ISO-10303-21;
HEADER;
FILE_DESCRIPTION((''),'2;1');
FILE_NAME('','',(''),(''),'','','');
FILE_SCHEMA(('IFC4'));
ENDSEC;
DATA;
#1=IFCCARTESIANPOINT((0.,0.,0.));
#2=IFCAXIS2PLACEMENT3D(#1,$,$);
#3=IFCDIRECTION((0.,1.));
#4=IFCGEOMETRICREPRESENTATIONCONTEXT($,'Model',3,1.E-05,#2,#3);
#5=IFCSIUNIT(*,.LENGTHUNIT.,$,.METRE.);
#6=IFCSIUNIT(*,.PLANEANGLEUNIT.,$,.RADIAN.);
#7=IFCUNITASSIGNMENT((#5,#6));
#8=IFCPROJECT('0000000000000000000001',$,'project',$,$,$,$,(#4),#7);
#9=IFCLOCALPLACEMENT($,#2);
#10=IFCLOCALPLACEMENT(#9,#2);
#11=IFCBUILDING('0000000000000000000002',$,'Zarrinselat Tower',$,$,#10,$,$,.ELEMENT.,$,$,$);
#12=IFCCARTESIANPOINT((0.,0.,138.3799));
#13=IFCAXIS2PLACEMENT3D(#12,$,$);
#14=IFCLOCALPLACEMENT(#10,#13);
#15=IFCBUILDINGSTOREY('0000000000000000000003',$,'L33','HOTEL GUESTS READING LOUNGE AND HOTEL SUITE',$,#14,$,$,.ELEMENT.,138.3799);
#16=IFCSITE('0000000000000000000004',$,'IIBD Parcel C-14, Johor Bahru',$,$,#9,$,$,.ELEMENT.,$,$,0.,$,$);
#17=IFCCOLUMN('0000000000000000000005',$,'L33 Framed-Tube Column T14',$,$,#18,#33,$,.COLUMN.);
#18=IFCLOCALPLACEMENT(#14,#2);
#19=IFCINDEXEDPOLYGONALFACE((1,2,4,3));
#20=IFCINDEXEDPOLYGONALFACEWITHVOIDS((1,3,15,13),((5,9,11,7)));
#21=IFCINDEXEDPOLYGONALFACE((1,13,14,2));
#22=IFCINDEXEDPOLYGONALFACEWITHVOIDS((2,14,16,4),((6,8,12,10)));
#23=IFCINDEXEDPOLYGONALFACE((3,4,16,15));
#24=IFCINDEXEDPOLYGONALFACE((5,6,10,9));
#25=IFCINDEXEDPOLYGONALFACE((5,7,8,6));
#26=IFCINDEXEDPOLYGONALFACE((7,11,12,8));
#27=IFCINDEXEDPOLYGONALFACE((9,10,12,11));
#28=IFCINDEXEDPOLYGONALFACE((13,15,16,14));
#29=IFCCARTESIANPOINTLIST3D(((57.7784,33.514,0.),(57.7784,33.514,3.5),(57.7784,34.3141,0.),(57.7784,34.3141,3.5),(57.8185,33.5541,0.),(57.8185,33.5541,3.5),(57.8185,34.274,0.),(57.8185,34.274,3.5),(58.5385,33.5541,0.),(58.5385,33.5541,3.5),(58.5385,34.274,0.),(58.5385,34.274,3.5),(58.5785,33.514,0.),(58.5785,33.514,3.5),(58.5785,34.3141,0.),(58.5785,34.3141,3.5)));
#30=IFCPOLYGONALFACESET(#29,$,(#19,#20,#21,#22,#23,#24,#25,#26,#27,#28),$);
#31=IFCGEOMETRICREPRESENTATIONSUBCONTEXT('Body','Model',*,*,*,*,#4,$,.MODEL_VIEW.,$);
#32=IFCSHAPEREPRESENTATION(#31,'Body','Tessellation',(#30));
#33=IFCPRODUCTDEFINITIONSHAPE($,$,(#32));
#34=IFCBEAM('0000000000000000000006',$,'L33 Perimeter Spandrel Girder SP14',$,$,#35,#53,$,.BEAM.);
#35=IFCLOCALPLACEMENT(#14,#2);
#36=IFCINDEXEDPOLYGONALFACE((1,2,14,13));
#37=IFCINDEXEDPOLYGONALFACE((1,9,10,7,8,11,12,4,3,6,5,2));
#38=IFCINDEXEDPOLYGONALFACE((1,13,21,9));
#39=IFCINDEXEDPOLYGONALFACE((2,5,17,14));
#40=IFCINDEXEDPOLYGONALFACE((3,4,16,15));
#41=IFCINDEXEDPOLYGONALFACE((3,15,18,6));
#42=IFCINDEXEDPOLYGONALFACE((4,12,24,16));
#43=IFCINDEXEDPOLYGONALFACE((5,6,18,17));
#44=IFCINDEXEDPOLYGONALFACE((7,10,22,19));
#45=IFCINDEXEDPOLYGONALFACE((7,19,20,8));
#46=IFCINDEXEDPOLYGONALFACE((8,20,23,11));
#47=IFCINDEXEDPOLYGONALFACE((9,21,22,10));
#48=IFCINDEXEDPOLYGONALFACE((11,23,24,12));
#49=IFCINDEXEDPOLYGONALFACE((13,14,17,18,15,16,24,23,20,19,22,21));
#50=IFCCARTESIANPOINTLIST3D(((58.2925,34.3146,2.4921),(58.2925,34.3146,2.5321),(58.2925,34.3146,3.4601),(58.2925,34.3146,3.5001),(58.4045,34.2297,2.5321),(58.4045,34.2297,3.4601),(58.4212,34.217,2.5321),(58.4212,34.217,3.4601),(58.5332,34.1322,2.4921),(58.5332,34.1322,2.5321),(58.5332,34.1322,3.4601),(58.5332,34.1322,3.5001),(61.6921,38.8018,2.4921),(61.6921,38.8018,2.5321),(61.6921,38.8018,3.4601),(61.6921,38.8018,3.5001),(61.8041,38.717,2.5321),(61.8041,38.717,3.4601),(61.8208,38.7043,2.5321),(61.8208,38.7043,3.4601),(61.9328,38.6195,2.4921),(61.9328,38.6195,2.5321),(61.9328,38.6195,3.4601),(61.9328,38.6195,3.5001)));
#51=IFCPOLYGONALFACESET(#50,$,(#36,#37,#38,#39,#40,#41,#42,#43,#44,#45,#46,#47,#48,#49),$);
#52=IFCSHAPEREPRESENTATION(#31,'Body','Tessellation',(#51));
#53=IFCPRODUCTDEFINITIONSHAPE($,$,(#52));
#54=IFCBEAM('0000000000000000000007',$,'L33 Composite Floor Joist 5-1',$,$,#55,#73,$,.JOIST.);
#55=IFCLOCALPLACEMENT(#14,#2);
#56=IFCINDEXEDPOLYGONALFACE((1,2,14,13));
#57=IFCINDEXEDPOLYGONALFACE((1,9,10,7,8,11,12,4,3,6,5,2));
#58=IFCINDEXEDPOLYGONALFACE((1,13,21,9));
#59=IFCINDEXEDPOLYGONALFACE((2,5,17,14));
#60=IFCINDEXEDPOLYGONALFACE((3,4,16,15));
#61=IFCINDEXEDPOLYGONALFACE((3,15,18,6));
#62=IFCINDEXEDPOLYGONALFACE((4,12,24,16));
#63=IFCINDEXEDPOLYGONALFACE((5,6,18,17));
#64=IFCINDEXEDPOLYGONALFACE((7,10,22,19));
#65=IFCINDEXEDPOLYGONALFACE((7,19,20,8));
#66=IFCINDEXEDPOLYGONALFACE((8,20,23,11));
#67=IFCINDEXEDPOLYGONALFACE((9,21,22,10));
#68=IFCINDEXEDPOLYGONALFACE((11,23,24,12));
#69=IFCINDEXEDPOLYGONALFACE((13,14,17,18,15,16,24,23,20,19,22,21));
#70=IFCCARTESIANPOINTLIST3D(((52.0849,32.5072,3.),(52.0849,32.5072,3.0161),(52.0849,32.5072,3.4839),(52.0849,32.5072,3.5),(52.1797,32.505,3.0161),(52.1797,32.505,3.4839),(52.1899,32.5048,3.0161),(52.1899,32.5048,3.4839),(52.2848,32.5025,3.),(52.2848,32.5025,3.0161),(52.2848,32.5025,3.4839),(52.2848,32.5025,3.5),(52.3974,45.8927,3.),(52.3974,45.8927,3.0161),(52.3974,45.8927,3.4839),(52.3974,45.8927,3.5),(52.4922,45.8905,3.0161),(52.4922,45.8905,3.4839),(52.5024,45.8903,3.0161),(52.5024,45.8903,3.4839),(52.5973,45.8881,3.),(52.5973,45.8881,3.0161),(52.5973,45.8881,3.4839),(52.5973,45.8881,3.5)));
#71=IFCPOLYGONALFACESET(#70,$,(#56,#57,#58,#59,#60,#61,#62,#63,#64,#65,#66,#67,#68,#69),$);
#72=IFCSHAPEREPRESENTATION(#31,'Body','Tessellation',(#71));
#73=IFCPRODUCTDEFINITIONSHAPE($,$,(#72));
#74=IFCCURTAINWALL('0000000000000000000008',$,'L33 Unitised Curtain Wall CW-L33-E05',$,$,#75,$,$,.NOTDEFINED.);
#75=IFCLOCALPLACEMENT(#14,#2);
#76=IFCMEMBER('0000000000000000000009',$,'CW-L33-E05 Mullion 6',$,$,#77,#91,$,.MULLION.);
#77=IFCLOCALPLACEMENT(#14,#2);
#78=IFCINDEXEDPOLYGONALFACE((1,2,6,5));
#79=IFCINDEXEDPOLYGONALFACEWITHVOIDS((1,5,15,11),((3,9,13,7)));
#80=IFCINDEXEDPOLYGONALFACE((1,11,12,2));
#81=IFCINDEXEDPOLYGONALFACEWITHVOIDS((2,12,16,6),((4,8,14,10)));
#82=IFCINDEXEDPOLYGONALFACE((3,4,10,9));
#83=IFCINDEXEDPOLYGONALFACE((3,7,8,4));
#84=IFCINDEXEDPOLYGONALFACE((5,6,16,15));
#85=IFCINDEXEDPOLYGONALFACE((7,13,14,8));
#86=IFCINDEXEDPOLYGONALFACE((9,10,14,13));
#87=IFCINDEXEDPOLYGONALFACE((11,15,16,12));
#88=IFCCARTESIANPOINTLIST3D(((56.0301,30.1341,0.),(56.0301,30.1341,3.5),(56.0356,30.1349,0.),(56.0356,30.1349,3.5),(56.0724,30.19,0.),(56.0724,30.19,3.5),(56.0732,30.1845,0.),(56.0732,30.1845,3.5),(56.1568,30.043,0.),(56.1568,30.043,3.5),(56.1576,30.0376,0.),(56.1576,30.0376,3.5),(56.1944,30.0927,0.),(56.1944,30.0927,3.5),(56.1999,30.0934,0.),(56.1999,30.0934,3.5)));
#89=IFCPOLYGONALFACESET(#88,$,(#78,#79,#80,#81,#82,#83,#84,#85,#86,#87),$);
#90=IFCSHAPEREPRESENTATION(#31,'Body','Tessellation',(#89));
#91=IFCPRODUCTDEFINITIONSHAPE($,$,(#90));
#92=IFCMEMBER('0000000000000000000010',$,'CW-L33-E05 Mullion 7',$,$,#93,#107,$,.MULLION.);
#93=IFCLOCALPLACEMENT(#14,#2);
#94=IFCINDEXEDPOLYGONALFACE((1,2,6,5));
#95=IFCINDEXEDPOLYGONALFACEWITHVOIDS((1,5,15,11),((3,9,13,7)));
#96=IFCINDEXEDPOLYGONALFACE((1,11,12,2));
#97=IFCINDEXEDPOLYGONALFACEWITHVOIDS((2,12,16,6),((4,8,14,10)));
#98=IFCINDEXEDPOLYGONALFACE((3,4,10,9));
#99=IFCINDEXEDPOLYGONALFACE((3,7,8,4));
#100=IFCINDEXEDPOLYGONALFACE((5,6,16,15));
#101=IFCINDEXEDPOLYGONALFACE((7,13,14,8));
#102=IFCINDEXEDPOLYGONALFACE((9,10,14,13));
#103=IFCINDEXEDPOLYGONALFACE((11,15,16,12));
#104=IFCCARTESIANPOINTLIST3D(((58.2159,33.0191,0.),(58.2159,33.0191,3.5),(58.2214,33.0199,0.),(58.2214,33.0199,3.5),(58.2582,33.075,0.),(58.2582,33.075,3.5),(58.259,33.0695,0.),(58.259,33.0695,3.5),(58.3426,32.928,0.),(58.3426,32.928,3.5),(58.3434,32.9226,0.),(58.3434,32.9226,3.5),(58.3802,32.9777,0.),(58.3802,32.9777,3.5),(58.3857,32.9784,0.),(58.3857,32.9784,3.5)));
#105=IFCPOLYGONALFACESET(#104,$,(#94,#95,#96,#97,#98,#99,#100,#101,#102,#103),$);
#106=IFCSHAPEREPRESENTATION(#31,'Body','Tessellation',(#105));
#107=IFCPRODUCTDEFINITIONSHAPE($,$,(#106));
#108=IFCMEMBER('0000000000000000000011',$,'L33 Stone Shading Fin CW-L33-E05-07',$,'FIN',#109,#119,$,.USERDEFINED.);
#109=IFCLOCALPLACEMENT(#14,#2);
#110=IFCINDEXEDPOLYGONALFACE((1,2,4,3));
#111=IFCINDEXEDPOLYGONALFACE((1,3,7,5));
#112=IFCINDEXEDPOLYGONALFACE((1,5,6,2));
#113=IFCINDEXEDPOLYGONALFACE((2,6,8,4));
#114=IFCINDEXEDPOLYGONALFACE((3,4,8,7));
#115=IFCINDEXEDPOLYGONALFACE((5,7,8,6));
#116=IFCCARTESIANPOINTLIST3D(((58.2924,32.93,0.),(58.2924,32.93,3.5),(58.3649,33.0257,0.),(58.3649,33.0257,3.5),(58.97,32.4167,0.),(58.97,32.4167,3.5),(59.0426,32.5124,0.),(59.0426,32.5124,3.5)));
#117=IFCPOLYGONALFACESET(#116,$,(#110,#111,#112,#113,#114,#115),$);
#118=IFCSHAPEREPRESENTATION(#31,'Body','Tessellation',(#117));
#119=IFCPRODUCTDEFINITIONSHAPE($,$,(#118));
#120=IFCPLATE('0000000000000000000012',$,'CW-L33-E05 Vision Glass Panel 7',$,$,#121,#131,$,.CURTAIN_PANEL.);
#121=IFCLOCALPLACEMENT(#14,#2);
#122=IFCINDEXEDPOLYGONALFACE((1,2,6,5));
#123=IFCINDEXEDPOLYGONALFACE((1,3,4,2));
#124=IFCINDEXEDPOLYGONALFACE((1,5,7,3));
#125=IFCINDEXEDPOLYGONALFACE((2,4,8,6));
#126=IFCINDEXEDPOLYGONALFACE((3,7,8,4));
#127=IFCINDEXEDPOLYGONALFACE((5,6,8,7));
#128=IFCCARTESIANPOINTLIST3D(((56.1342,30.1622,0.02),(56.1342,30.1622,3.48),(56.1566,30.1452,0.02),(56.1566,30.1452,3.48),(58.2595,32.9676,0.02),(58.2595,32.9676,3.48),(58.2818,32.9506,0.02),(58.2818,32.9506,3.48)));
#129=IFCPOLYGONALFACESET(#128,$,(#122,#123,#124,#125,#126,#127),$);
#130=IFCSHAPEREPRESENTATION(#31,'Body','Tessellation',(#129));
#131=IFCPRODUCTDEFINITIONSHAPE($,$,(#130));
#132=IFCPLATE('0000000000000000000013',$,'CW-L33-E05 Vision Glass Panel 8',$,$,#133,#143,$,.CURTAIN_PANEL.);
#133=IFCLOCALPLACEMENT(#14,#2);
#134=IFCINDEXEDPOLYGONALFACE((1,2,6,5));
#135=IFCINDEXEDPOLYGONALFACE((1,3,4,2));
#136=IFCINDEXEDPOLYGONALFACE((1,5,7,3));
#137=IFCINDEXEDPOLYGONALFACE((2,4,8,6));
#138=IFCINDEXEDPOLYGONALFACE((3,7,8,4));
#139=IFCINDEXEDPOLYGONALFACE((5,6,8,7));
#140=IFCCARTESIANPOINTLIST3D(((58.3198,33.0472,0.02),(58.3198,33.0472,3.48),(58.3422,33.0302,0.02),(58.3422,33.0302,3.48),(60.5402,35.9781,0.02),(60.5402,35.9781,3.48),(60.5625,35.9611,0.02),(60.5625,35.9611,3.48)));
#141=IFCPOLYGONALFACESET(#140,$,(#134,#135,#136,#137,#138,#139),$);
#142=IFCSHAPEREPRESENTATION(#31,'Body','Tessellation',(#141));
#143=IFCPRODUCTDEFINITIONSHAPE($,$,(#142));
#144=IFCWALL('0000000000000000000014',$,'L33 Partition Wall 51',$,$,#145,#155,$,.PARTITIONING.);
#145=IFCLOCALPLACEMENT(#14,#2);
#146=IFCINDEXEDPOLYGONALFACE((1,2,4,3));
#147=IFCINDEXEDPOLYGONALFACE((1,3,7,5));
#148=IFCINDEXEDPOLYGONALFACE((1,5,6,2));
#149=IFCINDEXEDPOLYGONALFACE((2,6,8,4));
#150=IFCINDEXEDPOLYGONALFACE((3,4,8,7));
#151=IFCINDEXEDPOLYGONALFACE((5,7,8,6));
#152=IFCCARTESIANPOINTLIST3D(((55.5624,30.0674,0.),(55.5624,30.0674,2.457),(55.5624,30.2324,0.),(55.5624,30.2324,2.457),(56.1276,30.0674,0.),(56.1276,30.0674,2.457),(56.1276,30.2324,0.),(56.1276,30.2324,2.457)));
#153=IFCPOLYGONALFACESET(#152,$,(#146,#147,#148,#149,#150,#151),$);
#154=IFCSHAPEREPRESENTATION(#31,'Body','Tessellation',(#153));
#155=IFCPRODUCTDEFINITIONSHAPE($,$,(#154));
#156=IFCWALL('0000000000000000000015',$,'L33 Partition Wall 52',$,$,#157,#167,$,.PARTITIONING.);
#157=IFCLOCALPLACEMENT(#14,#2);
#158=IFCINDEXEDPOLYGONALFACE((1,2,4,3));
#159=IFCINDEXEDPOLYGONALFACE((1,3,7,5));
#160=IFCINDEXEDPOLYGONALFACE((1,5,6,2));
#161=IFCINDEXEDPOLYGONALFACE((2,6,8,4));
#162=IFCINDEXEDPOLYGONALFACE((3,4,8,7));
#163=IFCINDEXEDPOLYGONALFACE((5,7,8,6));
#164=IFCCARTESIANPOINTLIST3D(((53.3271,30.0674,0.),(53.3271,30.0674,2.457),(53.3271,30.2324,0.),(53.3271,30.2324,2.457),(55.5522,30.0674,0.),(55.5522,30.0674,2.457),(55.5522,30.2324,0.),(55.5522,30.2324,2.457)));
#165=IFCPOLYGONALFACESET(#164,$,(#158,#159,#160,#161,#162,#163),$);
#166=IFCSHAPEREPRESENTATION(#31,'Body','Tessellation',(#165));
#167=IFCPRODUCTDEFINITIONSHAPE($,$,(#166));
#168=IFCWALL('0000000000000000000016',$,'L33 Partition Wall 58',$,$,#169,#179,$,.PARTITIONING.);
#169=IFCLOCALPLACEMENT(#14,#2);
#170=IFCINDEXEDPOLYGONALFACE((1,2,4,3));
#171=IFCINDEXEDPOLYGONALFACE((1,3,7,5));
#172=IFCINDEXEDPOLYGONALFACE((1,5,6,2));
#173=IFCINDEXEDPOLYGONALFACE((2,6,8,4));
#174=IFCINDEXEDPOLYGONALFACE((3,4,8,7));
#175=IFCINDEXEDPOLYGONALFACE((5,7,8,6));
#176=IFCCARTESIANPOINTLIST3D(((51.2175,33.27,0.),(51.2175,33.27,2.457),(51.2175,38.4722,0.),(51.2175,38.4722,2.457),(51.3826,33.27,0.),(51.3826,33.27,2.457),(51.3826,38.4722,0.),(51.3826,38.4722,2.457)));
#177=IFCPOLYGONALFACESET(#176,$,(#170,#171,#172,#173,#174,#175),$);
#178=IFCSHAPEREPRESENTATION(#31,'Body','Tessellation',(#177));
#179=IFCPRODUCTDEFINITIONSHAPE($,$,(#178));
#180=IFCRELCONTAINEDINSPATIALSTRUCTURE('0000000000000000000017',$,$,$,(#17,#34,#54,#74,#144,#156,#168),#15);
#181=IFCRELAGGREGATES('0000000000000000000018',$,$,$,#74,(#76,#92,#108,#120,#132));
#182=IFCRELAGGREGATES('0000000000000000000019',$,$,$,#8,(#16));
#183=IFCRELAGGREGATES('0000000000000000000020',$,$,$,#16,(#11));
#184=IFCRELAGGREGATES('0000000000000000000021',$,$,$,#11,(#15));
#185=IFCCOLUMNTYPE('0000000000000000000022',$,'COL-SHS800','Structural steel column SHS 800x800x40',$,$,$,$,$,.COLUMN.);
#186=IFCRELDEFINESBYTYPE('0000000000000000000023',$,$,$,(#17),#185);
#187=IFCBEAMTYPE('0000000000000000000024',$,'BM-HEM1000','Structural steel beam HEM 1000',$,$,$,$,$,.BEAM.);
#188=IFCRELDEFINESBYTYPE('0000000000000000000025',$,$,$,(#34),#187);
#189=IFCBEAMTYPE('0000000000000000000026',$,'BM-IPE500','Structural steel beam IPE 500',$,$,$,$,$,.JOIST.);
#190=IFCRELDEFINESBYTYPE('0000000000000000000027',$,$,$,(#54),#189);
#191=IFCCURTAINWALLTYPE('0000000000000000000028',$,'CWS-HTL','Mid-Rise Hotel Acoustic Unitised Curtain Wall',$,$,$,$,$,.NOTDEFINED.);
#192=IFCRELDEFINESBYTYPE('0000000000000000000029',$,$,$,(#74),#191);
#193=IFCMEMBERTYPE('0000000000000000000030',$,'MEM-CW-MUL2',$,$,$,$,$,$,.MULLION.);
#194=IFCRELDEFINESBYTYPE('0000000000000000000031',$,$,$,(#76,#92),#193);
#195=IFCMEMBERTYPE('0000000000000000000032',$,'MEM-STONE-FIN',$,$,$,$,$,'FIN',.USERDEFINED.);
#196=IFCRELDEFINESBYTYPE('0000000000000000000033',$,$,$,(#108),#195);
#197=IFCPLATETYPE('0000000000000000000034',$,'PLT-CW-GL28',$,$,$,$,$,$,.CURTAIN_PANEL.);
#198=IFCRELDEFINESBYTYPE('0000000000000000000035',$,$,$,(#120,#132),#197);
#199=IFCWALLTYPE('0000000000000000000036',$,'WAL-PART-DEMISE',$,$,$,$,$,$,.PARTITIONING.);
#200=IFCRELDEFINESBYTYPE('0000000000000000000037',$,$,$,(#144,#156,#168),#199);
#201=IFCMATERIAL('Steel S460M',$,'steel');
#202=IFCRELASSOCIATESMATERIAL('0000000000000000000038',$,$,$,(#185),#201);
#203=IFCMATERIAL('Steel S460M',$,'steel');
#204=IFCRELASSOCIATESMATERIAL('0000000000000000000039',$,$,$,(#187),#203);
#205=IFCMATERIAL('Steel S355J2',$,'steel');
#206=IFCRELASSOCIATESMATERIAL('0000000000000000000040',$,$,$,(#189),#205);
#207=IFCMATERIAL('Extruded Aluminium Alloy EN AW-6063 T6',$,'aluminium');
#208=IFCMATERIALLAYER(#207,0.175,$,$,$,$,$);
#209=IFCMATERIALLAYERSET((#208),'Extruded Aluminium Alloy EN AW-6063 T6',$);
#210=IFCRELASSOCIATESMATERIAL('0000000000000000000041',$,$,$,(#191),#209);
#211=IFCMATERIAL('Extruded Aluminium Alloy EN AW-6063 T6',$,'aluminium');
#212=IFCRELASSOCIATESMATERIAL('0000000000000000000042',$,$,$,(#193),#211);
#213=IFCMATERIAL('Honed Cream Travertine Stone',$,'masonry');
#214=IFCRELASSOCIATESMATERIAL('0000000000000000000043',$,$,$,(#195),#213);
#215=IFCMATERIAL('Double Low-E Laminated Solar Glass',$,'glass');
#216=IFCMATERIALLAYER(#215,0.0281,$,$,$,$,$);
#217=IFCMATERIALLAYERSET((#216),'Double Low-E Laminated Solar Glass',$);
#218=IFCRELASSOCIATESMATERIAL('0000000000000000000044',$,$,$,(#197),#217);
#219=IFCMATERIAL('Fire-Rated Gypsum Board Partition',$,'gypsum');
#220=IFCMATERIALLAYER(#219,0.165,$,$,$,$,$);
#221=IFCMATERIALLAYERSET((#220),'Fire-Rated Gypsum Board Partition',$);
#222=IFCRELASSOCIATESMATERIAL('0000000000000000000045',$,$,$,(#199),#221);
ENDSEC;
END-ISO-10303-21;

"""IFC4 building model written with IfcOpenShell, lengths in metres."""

from ifc_helpers import new_model, si_unit, direction, frame, frame_2d, origin, origin_2d, place, context, subcontext, project, spatial, rectangle, hollow_rectangle, i_section, extrude, material, layer, layer_set, material_profile, profile_set, type_object, element, aggregate, save


model = new_model("IFC4")

# Units and contexts
model_context = context("Model", 3, precision=1e-05, world=origin(), true_north=direction((0.0, 1.0)))
body_context = subcontext(model_context, "Body", "Model", "MODEL_VIEW")
ifc_project = project(units=[si_unit("LENGTHUNIT", "METRE"), si_unit("PLANEANGLEUNIT", "RADIAN")], contexts=[model_context])

# Site, building, storey
site_placement = place(None, origin())
site = spatial("IfcSite", under=ifc_project, at=site_placement, Name="IIBD Parcel C-14, Johor Bahru", CompositionType="ELEMENT", RefElevation=0.0)
building_placement = place(site_placement, origin())
building = spatial("IfcBuilding", under=site, at=building_placement, Name="Zarrinselat Tower", CompositionType="ELEMENT")
storey_placement = place(building_placement, frame((0.0, 0.0, 138.3799)))
storey = spatial("IfcBuildingStorey", under=building, at=storey_placement, Name="L33", Description="HOTEL GUESTS READING LOUNGE AND HOTEL SUITE", CompositionType="ELEMENT", Elevation=138.3799)

# Column
ifc_material_1 = material(Name="Steel S460M", Category="steel")
ifc_material_profile_1 = material_profile(ifc_material_1, hollow_rectangle(XDim=0.8, YDim=0.8, WallThickness=0.04, at=origin_2d()), Name="SHS 800x800x40")
ifc_profile_set_1 = profile_set([ifc_material_profile_1], Name="Steel S460M")
column_type = type_object("IfcColumnType", Name="COL-SHS800", Description="Structural steel column SHS 800x800x40", PredefinedType="COLUMN", material=ifc_profile_set_1)
column_placement = place(storey_placement, frame((58.1785, 33.9141, 0.0), z_axis=(0.0, 0.0, 1.0), x_axis=(1.0, 0.0, 0.0)))
element("IfcColumn", 1, at=column_placement, inside=storey, type_object=column_type, Name="L33 Framed-Tube Column T14", PredefinedType="COLUMN", context=body_context, shape_type="SweptSolid", body=[
    extrude(hollow_rectangle(XDim=0.8, YDim=0.8, WallThickness=0.04, at=origin_2d()), origin(), (0.0, 0.0, 1.0), 3.5),
])

# Beams
ifc_material_2 = material(Name="Steel S460M", Category="steel")
ifc_material_profile_2 = material_profile(ifc_material_2, i_section(OverallWidth=0.302, OverallDepth=1.0081, WebThickness=0.021, FlangeThickness=0.04, at=origin_2d()), Name="HEM 1000")
ifc_profile_set_2 = profile_set([ifc_material_profile_2], Name="Steel S460M")
beam_type_1 = type_object("IfcBeamType", Name="BM-HEM1000", Description="Structural steel beam HEM 1000", PredefinedType="BEAM", material=ifc_profile_set_2)
beam_1_placement = place(storey_placement, frame((58.4128, 34.2234, 2.9961), z_axis=(0.603879, 0.797076, 0.0), x_axis=(-0.797076, 0.603879, 0.0)))
element("IfcBeam", 2, at=beam_1_placement, inside=storey, type_object=beam_type_1, Name="L33 Perimeter Spandrel Girder SP14", PredefinedType="BEAM", context=body_context, shape_type="SweptSolid", body=[
    extrude(i_section(OverallWidth=0.302, OverallDepth=1.0081, WebThickness=0.021, FlangeThickness=0.04, at=origin_2d()), origin(), (0.0, 0.0, 1.0), 5.6296),
])
ifc_material_3 = material(Name="Steel S355J2", Category="steel")
ifc_material_profile_3 = material_profile(ifc_material_3, i_section(OverallWidth=0.2, OverallDepth=0.5, WebThickness=0.0103, FlangeThickness=0.0161, at=origin_2d()), Name="IPE 500")
ifc_profile_set_3 = profile_set([ifc_material_profile_3], Name="Steel S355J2")
beam_type_2 = type_object("IfcBeamType", Name="BM-IPE500", Description="Structural steel beam IPE 500", PredefinedType="JOIST", material=ifc_profile_set_3)
beam_2_placement = place(storey_placement, frame((52.1848, 32.5049, 3.25), z_axis=(0.02334, 0.999728, 0.0), x_axis=(-0.999728, 0.02334, 0.0)))
element("IfcBeam", 3, at=beam_2_placement, inside=storey, type_object=beam_type_2, Name="L33 Composite Floor Joist 5-1", PredefinedType="JOIST", context=body_context, shape_type="SweptSolid", body=[
    extrude(i_section(OverallWidth=0.2, OverallDepth=0.5, WebThickness=0.0103, FlangeThickness=0.0161, at=origin_2d()), origin(), (0.0, 0.0, 1.0), 13.3892),
])

# Curtain wall, members, plates
ifc_material_4 = material(Name="Extruded Aluminium Alloy EN AW-6063 T6", Category="aluminium")
ifc_layer_1 = layer(ifc_material_4, 0.175)
ifc_layer_set_1 = layer_set([ifc_layer_1], Name="Extruded Aluminium Alloy EN AW-6063 T6")
curtain_wall_type = type_object("IfcCurtainWallType", Name="CWS-HTL", Description="Mid-Rise Hotel Acoustic Unitised Curtain Wall", PredefinedType="NOTDEFINED", material=ifc_layer_set_1)
curtain_wall_placement = place(storey_placement, origin())
curtain_wall = element("IfcCurtainWall", 4, at=curtain_wall_placement, inside=storey, type_object=curtain_wall_type, Name="L33 Unitised Curtain Wall CW-L33-E05", PredefinedType="NOTDEFINED")
ifc_material_5 = material(Name="Extruded Aluminium Alloy EN AW-6063 T6", Category="aluminium")
ifc_material_profile_4 = material_profile(ifc_material_5, hollow_rectangle(XDim=0.0701, YDim=0.1599, WallThickness=0.0039, at=origin_2d()), Name="RHS 160x70x4")
ifc_profile_set_4 = profile_set([ifc_material_profile_4], Name="Extruded Aluminium Alloy EN AW-6063 T6")
member_type_1 = type_object("IfcMemberType", Name="MEM-CW-MUL2", PredefinedType="MULLION", material=ifc_profile_set_4)
member_1_placement = place(storey_placement, frame((56.115, 30.1138, 0.0), z_axis=(0.0, 0.0, 1.0), x_axis=(0.603856, 0.797094, 0.0)))
member_1 = element("IfcMember", 5, at=member_1_placement, type_object=member_type_1, Name="CW-L33-E05 Mullion 6", PredefinedType="MULLION", context=body_context, shape_type="SweptSolid", body=[
    extrude(hollow_rectangle(XDim=0.0701, YDim=0.1599, WallThickness=0.0039, at=origin_2d()), origin(), (0.0, 0.0, 1.0), 3.5),
])
member_2_placement = place(storey_placement, frame((58.3008, 32.9988, 0.0), z_axis=(0.0, 0.0, 1.0), x_axis=(0.603856, 0.797094, 0.0)))
member_2 = element("IfcMember", 6, at=member_2_placement, type_object=member_type_1, Name="CW-L33-E05 Mullion 7", PredefinedType="MULLION", context=body_context, shape_type="SweptSolid", body=[
    extrude(hollow_rectangle(XDim=0.0701, YDim=0.1599, WallThickness=0.0039, at=origin_2d()), origin(), (0.0, 0.0, 1.0), 3.5),
])
ifc_material_6 = material(Name="Honed Cream Travertine Stone", Category="masonry")
ifc_material_profile_5 = material_profile(ifc_material_6, rectangle(XDim=0.1201, YDim=0.8501, at=origin_2d()), Name="FIN 850x120")
ifc_profile_set_5 = profile_set([ifc_material_profile_5], Name="Honed Cream Travertine Stone")
member_type_2 = type_object("IfcMemberType", Name="MEM-STONE-FIN", ElementType="FIN", PredefinedType="USERDEFINED", material=ifc_profile_set_5)
member_3_placement = place(storey_placement, frame((58.6675, 32.7212, 0.0), z_axis=(0.0, 0.0, 1.0), x_axis=(-0.603856, -0.797094, 0.0)))
member_3 = element("IfcMember", 7, at=member_3_placement, type_object=member_type_2, Name="L33 Stone Shading Fin CW-L33-E05-07", ObjectType="FIN", PredefinedType="USERDEFINED", context=body_context, shape_type="SweptSolid", body=[
    extrude(rectangle(XDim=0.1201, YDim=0.8501, at=origin_2d()), origin(), (0.0, 0.0, 1.0), 3.5),
])
ifc_material_7 = material(Name="Double Low-E Laminated Solar Glass", Category="glass")
ifc_layer_2 = layer(ifc_material_7, 0.0281)
ifc_layer_set_2 = layer_set([ifc_layer_2], Name="Double Low-E Laminated Solar Glass")
plate_type = type_object("IfcPlateType", Name="PLT-CW-GL28", PredefinedType="CURTAIN_PANEL", material=ifc_layer_set_2)
plate_1_placement = place(storey_placement, frame((57.208, 31.5564, 0.02), z_axis=(0.0, 0.0, 1.0), x_axis=(0.603856, 0.797094, 0.0)))
plate_1 = element("IfcPlate", 8, at=plate_1_placement, type_object=plate_type, Name="CW-L33-E05 Vision Glass Panel 7", PredefinedType="CURTAIN_PANEL", context=body_context, shape_type="SweptSolid", body=[
    extrude(rectangle(XDim=3.5195, YDim=0.0281, at=origin_2d()), origin(), (0.0, 0.0, 1.0), 3.46),
])
plate_2_placement = place(storey_placement, frame((59.4412, 34.5042, 0.02), z_axis=(0.0, 0.0, 1.0), x_axis=(0.603856, 0.797094, 0.0)))
plate_2 = element("IfcPlate", 9, at=plate_2_placement, type_object=plate_type, Name="CW-L33-E05 Vision Glass Panel 8", PredefinedType="CURTAIN_PANEL", context=body_context, shape_type="SweptSolid", body=[
    extrude(rectangle(XDim=3.677, YDim=0.0281, at=origin_2d()), origin(), (0.0, 0.0, 1.0), 3.46),
])
aggregate(curtain_wall, [member_1, member_2, member_3, plate_1, plate_2])

# Walls
ifc_material_8 = material(Name="Fire-Rated Gypsum Board Partition", Category="gypsum")
ifc_layer_3 = layer(ifc_material_8, 0.165)
ifc_layer_set_3 = layer_set([ifc_layer_3], Name="Fire-Rated Gypsum Board Partition")
wall_type_1 = type_object("IfcWallType", Name="WAL-PART-DEMISE", PredefinedType="PARTITIONING", material=ifc_layer_set_3)
wall_1_placement = place(storey_placement, frame((55.5623, 30.1499, 0.0), z_axis=(0.0, 0.0, 1.0), x_axis=(1.0, 0.0, 0.0)))
element("IfcWall", 10, at=wall_1_placement, inside=storey, type_object=wall_type_1, Name="L33 Partition Wall 51", PredefinedType="PARTITIONING", context=body_context, shape_type="SweptSolid", body=[
    extrude(rectangle(XDim=0.5652, YDim=0.165, at=frame_2d((0.2827, 0.0))), origin(), (0.0, 0.0, 1.0), 2.457),
])
wall_2_placement = place(storey_placement, frame((53.3271, 30.1499, 0.0), z_axis=(0.0, 0.0, 1.0), x_axis=(1.0, 0.0, 0.0)))
element("IfcWall", 11, at=wall_2_placement, inside=storey, type_object=wall_type_1, Name="L33 Partition Wall 52", PredefinedType="PARTITIONING", context=body_context, shape_type="SweptSolid", body=[
    extrude(rectangle(XDim=2.2251, YDim=0.165, at=frame_2d((1.1125, 0.0))), origin(), (0.0, 0.0, 1.0), 2.457),
])
wall_3_placement = place(storey_placement, frame((51.3, 33.27, 0.0), z_axis=(0.0, 0.0, 1.0), x_axis=(0.0, 1.0, 0.0)))
element("IfcWall", 12, at=wall_3_placement, inside=storey, type_object=wall_type_1, Name="L33 Partition Wall 58", PredefinedType="PARTITIONING", context=body_context, shape_type="SweptSolid", body=[
    extrude(rectangle(XDim=5.2021, YDim=0.165, at=frame_2d((2.6011, 0.0))), origin(), (0.0, 0.0, 1.0), 2.457),
])

save(model, "model.ifc")
